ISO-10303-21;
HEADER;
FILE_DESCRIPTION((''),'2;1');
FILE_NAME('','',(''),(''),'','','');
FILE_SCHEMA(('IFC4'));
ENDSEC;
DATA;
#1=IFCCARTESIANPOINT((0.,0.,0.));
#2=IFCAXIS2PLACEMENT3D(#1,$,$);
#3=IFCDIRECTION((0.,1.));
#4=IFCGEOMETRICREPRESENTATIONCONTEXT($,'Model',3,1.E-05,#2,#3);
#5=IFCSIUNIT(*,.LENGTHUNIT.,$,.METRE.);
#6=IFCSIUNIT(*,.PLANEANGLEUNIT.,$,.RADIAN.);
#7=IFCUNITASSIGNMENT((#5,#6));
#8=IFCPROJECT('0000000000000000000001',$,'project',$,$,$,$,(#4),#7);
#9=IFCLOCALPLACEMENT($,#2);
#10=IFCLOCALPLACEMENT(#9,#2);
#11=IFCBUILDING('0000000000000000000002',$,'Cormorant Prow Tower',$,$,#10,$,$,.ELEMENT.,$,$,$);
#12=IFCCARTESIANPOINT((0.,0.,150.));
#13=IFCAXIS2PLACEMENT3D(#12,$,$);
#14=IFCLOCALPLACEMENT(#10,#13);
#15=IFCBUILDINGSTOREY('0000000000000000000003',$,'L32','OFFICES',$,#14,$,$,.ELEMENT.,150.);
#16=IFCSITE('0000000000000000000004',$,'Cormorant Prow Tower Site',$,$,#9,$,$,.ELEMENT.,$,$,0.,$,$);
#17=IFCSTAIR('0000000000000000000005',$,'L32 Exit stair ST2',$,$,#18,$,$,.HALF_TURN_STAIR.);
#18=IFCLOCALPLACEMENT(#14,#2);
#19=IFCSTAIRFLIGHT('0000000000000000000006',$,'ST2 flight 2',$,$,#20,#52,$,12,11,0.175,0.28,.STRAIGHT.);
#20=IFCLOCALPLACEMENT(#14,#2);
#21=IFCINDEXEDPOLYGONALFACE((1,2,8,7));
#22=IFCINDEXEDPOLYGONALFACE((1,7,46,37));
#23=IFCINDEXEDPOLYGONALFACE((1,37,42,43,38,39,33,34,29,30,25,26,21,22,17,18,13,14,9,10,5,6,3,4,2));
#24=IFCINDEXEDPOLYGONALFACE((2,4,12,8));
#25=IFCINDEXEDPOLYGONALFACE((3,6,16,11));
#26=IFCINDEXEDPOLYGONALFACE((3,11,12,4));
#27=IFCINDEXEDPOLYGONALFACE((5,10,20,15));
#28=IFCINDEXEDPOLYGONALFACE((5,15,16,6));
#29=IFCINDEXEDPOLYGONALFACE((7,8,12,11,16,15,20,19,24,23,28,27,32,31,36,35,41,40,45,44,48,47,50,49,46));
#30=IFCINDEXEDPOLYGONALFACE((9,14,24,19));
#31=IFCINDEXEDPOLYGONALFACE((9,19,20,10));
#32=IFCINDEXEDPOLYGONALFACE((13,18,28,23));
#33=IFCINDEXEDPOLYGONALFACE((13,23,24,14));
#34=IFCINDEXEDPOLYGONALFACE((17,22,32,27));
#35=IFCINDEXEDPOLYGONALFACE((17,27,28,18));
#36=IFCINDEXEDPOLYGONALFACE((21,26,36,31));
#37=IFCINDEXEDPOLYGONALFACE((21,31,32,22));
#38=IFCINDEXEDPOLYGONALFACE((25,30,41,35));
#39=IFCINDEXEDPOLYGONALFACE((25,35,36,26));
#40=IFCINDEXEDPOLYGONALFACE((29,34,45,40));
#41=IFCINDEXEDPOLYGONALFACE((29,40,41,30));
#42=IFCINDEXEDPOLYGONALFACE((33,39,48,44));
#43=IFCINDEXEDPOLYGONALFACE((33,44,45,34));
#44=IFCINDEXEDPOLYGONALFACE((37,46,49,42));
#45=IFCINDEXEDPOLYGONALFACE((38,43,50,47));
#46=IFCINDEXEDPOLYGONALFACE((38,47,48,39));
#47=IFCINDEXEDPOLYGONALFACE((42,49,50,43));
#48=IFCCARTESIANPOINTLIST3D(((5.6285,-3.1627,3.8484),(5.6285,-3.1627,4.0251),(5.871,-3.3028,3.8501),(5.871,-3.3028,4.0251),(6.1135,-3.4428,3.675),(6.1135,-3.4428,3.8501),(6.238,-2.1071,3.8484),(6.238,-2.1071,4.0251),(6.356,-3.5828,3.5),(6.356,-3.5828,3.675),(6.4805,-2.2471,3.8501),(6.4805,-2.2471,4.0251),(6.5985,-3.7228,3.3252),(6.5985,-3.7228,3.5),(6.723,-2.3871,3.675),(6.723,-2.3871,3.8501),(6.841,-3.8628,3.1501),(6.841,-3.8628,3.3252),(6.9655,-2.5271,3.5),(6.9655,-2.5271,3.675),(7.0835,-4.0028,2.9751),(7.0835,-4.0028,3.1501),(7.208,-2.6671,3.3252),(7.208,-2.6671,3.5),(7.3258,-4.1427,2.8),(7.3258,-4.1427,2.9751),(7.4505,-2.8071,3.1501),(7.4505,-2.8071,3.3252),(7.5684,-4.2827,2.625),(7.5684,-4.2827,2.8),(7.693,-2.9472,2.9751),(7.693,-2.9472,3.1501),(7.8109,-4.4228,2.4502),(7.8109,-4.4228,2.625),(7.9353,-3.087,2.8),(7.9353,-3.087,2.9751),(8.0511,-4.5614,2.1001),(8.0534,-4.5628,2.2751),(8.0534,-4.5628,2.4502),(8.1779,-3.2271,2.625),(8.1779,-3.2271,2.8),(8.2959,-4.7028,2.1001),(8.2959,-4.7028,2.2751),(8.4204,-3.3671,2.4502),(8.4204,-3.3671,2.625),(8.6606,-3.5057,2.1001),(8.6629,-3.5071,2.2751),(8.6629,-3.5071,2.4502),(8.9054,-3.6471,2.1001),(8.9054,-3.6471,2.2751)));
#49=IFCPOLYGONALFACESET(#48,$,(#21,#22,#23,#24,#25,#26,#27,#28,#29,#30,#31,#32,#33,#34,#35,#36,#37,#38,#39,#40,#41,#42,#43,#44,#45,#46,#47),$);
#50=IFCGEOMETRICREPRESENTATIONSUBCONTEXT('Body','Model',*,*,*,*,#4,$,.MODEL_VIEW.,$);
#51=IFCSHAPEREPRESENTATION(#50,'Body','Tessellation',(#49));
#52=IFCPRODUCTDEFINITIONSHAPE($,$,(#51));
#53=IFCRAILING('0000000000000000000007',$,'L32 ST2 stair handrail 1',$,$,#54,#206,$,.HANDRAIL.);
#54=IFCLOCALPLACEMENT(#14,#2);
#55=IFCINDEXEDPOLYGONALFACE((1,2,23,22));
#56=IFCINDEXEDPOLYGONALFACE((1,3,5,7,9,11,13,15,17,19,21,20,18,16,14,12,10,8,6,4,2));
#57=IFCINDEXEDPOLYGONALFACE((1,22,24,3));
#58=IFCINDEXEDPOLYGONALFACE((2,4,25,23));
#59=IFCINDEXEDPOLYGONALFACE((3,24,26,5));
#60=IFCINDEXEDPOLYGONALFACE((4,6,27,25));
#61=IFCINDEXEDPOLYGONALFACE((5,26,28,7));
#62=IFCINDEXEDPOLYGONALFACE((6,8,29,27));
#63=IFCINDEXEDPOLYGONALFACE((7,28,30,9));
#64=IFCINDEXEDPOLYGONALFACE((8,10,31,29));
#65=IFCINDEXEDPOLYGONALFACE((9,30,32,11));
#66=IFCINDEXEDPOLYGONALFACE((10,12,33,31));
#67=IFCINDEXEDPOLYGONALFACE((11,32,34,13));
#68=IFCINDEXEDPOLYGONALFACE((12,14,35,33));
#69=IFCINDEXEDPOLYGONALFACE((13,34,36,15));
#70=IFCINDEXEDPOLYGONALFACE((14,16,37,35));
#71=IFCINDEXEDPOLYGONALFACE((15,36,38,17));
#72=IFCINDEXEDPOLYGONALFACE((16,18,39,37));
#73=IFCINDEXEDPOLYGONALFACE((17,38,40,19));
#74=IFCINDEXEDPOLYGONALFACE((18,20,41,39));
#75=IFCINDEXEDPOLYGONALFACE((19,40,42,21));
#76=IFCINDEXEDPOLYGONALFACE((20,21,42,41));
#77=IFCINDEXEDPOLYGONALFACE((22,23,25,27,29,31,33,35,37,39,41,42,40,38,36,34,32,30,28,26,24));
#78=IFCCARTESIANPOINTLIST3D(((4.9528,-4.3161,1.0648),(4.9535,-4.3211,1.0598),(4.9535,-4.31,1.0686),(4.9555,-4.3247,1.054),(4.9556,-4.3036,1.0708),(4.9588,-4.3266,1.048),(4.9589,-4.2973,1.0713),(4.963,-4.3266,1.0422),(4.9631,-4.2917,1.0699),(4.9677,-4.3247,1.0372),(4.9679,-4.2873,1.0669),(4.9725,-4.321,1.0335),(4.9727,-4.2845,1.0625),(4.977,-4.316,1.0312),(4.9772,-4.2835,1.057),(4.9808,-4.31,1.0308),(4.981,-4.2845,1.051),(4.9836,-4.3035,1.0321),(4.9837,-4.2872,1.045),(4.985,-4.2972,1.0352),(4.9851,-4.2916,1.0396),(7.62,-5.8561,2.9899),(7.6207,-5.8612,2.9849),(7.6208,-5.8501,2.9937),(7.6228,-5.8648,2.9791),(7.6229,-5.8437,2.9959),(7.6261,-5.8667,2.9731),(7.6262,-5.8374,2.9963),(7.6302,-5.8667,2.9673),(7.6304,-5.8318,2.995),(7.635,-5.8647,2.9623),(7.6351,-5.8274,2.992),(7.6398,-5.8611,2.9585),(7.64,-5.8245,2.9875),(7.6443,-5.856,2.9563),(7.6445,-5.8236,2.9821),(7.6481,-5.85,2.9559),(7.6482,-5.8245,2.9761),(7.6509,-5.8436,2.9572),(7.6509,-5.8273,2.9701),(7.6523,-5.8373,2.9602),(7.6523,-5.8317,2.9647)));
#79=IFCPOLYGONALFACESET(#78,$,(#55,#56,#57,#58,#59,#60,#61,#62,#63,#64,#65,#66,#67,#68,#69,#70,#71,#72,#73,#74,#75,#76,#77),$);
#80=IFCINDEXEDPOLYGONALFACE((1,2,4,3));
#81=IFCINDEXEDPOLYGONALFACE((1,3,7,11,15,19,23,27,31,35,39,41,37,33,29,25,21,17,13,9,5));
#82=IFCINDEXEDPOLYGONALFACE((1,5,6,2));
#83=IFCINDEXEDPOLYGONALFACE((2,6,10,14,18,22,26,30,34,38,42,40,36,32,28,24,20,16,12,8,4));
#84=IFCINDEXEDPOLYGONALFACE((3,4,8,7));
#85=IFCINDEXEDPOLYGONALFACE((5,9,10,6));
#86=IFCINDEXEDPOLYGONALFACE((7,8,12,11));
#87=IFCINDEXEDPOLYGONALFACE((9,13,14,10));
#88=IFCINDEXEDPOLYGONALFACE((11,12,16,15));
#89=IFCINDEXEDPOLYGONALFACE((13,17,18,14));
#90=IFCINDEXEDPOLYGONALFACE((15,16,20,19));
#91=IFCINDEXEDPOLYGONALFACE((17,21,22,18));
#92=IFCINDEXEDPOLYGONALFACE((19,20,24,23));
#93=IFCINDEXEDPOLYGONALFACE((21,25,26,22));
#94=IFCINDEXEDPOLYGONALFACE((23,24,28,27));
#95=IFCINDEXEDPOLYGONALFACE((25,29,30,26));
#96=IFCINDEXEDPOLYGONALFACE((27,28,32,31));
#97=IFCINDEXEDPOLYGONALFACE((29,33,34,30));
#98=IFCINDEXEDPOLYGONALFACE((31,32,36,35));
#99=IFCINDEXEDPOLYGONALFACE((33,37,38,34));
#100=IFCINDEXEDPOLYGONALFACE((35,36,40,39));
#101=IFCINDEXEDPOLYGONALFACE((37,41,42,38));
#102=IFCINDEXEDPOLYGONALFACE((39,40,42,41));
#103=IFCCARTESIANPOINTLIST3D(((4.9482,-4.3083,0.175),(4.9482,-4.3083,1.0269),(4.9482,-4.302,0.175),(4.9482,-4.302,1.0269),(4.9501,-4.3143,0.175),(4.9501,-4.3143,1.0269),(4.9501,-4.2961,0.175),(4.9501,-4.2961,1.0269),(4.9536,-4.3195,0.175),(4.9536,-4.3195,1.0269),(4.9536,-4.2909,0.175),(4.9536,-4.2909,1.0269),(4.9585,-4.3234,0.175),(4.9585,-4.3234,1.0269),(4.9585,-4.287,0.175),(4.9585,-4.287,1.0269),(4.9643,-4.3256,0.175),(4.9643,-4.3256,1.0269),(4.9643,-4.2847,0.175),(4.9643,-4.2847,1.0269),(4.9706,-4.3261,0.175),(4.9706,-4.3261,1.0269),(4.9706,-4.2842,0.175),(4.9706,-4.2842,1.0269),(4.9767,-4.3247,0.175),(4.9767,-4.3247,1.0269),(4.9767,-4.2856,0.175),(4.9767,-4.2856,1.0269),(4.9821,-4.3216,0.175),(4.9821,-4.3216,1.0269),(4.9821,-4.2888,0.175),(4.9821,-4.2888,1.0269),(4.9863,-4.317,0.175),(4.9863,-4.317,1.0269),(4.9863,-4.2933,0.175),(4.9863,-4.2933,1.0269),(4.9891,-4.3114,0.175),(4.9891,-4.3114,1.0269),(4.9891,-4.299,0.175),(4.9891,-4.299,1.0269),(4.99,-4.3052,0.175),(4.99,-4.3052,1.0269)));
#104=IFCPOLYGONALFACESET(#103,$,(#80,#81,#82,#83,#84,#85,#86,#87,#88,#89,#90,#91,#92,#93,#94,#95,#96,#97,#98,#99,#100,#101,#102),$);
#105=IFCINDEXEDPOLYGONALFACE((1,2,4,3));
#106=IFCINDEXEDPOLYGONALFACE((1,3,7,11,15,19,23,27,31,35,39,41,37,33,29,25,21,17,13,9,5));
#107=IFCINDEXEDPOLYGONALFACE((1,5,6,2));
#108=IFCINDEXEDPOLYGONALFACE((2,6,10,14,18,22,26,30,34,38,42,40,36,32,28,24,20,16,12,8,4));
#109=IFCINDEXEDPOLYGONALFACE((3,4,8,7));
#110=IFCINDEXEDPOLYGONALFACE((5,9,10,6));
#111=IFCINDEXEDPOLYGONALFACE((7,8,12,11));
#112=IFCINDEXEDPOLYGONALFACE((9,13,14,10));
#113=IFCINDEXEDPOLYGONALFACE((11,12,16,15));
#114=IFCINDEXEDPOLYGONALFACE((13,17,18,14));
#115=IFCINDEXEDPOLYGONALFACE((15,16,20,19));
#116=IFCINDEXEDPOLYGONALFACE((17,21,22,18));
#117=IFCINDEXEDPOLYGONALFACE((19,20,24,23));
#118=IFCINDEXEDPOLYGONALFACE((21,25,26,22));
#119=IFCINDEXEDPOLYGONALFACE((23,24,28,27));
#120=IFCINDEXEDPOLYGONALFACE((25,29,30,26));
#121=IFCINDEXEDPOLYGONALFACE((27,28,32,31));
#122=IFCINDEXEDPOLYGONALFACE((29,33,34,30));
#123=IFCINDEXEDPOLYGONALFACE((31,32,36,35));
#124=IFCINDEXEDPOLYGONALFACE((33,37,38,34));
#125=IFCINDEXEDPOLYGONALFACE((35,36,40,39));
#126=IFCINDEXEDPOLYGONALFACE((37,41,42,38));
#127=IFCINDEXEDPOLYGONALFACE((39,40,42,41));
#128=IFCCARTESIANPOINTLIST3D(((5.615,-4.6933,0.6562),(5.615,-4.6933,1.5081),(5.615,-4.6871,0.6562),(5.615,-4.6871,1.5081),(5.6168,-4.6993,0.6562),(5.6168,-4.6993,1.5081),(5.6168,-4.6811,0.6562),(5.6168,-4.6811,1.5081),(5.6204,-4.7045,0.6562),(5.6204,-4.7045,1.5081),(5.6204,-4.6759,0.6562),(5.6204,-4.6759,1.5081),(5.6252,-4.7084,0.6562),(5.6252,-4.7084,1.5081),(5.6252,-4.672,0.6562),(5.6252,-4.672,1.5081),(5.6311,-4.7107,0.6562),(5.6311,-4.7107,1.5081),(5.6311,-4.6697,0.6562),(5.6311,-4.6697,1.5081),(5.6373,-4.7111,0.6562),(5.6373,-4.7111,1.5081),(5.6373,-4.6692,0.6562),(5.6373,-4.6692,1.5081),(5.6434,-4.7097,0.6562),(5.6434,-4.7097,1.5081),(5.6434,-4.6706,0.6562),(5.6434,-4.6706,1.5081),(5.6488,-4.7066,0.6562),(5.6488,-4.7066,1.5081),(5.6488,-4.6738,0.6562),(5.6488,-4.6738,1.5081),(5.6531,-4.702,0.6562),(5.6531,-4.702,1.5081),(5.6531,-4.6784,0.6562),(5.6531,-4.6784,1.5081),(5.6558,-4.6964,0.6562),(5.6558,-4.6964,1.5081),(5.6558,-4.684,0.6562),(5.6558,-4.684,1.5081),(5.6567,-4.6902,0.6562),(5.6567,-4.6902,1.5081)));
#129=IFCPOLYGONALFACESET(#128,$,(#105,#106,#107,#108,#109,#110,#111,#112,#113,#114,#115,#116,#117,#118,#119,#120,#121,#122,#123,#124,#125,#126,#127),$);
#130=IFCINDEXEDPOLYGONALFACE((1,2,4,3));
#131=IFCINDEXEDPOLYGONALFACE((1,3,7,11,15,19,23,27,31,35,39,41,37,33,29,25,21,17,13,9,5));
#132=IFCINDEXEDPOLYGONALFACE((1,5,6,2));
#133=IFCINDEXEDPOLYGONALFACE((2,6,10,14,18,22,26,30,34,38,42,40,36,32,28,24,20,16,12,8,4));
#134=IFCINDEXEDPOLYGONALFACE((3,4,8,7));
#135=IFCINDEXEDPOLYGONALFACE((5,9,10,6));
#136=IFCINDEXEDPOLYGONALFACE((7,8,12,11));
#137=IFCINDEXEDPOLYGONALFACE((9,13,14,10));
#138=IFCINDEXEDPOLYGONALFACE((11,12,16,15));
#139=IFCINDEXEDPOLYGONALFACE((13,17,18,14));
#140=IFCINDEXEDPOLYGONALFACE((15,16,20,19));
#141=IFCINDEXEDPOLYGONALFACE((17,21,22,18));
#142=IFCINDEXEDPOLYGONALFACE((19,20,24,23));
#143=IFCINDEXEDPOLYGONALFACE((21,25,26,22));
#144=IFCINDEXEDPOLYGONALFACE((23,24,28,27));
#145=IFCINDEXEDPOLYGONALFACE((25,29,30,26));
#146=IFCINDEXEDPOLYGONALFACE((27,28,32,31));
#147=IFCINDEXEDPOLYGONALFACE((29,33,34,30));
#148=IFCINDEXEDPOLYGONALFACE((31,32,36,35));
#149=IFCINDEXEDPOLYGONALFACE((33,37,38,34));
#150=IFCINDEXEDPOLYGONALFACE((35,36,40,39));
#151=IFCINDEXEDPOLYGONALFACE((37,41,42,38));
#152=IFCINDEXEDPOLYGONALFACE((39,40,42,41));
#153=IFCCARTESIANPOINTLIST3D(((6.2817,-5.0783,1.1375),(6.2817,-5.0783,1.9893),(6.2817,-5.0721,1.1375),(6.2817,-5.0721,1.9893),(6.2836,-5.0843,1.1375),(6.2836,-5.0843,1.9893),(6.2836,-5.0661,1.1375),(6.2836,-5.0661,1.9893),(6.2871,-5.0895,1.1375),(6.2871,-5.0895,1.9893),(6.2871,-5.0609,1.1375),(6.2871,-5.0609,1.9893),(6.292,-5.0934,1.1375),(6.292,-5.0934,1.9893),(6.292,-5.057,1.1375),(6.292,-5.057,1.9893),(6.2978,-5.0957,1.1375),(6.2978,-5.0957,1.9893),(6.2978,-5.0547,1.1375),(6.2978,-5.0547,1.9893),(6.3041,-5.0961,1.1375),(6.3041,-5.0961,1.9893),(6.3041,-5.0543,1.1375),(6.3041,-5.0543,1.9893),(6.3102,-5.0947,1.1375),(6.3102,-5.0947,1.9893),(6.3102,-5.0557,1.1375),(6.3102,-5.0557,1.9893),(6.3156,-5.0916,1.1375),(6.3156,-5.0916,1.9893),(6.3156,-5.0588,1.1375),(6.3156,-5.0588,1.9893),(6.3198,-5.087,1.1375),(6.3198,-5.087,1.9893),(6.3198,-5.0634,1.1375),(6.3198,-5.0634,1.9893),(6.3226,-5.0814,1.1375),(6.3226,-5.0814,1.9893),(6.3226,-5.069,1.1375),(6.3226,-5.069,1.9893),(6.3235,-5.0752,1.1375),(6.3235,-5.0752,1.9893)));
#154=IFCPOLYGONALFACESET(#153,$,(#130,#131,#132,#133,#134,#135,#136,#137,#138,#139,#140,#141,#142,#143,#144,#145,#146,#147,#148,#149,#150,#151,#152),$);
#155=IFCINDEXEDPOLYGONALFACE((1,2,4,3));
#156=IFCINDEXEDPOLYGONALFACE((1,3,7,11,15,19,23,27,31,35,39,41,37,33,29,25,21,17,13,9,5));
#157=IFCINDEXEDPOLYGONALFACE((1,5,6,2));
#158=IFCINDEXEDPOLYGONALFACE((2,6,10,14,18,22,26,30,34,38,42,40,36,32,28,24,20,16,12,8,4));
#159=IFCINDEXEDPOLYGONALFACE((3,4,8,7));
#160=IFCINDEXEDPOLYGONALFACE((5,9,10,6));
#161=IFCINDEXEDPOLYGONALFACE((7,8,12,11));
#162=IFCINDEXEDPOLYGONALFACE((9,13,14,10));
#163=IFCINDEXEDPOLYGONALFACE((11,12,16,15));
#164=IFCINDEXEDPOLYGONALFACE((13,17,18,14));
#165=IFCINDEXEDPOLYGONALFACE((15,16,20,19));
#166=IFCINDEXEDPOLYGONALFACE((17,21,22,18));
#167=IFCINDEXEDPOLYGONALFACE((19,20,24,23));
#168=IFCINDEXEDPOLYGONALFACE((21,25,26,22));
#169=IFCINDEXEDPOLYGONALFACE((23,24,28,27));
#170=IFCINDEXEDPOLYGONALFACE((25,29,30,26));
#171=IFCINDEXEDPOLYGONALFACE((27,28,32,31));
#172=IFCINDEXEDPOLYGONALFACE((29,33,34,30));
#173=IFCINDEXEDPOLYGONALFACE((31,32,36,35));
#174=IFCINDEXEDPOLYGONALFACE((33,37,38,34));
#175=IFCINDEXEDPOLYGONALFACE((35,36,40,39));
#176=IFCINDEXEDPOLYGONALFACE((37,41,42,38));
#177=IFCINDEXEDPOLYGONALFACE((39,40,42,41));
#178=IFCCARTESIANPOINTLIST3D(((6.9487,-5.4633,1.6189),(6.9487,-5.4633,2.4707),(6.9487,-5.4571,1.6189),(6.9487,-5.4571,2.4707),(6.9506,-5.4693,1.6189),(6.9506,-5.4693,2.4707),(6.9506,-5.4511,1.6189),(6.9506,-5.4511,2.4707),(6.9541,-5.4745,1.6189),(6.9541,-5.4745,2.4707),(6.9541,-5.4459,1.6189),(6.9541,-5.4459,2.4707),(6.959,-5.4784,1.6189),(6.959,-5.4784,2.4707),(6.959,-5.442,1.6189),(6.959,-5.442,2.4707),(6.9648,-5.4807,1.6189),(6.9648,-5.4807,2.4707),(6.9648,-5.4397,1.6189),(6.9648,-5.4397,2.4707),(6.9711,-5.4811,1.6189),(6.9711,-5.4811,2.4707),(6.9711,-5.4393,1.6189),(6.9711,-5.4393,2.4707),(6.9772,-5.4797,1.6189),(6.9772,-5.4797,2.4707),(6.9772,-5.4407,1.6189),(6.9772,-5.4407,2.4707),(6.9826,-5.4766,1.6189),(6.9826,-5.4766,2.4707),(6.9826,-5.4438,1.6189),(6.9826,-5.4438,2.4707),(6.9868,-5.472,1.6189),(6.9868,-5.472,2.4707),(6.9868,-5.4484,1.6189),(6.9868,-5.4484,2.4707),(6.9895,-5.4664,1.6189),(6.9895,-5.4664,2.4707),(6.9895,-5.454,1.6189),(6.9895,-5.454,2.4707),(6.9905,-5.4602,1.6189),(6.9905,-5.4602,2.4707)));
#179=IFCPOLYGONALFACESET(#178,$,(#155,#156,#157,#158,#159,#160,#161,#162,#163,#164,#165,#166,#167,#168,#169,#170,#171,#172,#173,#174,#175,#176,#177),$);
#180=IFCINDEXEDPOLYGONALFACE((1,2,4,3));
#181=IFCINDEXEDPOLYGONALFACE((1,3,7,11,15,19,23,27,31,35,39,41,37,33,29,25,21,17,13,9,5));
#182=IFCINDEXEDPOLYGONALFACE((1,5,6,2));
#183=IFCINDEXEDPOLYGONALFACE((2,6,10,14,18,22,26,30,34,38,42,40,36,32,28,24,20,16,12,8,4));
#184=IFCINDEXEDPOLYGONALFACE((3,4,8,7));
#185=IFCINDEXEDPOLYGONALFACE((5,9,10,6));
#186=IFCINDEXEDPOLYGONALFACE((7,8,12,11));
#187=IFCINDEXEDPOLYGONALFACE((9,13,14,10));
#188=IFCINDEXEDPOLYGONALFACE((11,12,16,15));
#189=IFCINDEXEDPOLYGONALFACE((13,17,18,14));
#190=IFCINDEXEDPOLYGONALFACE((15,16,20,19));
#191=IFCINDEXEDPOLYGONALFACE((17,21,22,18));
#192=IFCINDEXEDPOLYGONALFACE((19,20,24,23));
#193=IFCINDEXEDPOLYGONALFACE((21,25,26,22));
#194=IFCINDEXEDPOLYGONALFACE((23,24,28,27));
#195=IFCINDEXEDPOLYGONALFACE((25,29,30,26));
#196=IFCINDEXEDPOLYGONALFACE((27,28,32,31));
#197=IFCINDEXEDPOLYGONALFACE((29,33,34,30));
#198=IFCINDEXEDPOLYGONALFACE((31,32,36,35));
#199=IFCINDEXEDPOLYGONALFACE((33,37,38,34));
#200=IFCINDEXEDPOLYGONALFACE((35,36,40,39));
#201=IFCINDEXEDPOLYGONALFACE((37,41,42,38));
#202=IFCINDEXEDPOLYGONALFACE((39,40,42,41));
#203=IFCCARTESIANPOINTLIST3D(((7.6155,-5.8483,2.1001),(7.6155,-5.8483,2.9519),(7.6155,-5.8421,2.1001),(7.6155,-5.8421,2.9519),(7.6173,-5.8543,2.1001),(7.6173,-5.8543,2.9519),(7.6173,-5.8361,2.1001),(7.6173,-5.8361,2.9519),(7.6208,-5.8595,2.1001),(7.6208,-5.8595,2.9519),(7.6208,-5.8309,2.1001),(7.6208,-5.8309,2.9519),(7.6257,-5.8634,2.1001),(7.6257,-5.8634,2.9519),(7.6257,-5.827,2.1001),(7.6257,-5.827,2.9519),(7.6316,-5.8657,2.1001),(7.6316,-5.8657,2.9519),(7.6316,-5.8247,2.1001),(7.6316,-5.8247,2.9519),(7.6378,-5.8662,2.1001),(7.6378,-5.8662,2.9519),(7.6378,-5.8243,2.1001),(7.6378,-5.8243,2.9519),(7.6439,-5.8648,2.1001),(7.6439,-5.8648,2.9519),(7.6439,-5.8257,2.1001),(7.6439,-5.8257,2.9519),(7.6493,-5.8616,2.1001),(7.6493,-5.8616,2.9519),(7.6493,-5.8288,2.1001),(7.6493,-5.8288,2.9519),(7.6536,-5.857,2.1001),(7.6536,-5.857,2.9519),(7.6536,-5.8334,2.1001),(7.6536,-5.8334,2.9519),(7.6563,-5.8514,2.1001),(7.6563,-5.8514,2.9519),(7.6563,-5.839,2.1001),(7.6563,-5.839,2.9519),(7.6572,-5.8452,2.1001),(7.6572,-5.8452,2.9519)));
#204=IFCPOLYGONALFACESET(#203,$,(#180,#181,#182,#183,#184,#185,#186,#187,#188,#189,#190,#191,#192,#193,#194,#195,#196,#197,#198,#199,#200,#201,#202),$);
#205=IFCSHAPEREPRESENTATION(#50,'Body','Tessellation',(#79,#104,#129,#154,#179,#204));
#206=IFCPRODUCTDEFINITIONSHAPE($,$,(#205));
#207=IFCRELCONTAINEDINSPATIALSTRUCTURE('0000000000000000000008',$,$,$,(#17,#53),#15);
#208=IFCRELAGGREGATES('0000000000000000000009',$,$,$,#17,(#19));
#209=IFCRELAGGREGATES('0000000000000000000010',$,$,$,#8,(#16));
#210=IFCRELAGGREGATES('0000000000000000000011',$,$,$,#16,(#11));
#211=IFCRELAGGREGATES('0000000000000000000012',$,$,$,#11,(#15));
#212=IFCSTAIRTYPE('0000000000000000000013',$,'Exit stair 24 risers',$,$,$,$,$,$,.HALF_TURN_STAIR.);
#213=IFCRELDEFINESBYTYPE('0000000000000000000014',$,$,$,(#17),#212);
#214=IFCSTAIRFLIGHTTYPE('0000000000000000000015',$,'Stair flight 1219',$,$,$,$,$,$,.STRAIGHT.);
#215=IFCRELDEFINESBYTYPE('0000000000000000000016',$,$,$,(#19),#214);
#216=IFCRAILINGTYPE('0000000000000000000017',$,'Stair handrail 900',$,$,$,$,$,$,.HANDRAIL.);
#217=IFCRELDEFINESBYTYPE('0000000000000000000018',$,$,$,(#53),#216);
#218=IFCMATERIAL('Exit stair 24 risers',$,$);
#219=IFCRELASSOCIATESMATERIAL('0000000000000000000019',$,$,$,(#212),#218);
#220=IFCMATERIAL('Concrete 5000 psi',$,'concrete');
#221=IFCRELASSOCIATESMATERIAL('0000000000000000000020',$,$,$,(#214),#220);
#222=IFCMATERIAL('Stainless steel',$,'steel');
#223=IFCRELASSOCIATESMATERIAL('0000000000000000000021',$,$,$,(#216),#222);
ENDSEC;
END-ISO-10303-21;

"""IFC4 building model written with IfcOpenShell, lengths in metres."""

from ifc_helpers import new_model, si_unit, direction, frame, origin, origin_2d, place, context, subcontext, project, spatial, polyline, circle, outline, extrude, material, type_object, element, aggregate, save


model = new_model("IFC4")

# Units and contexts
model_context = context("Model", 3, precision=1e-05, world=origin(), true_north=direction((0.0, 1.0)))
body_context = subcontext(model_context, "Body", "Model", "MODEL_VIEW")
ifc_project = project(units=[si_unit("LENGTHUNIT", "METRE"), si_unit("PLANEANGLEUNIT", "RADIAN")], contexts=[model_context])

# Site, building, storey
site_placement = place(None, origin())
site = spatial("IfcSite", under=ifc_project, at=site_placement, Name="Cormorant Prow Tower Site", CompositionType="ELEMENT", RefElevation=0.0)
building_placement = place(site_placement, origin())
building = spatial("IfcBuilding", under=site, at=building_placement, Name="Cormorant Prow Tower", CompositionType="ELEMENT")
storey_placement = place(building_placement, frame((0.0, 0.0, 150.0)))
storey = spatial("IfcBuildingStorey", under=building, at=storey_placement, Name="L32", Description="OFFICES", CompositionType="ELEMENT", Elevation=150.0)

# Stair, stair flight
ifc_material_1 = material(Name="Exit stair 24 risers")
stair_type = type_object("IfcStairType", Name="Exit stair 24 risers", PredefinedType="HALF_TURN_STAIR", material=ifc_material_1)
stair_placement = place(storey_placement, origin())
stair = element("IfcStair", 1, at=stair_placement, inside=storey, type_object=stair_type, Name="L32 Exit stair ST2", PredefinedType="HALF_TURN_STAIR")
ifc_material_2 = material(Name="Concrete 5000 psi", Category="concrete")
stair_flight_type = type_object("IfcStairFlightType", Name="Stair flight 1219", PredefinedType="STRAIGHT", material=ifc_material_2)
stair_flight_1_placement = place(storey_placement, frame((8.6006, -4.175, 2.1001), z_axis=(0.0, 0.0, 1.0), x_axis=(-0.866025, 0.5, 0.0)))
stair_flight_1 = element("IfcStairFlight", 2, at=stair_flight_1_placement, type_object=stair_flight_type, Name="ST2 flight 2", NumberOfRisers=12, NumberOfTreads=11, PredefinedType="STRAIGHT", RiserHeight=0.175, TreadLength=0.28, context=body_context, shape_type="SweptSolid", body=[
    extrude(outline(polyline([(0.0, 0.0), (0.0, 0.175), (0.28, 0.175), (0.28, 0.3501), (0.5601, 0.3501), (0.5601, 0.5249), (0.8401, 0.5249), (0.8401, 0.7), (1.1201, 0.7), (1.1201, 0.875), (1.3999, 0.875), (1.3999, 1.05), (1.6799, 1.05), (1.6799, 1.2251), (1.96, 1.2251), (1.96, 1.3999), (2.24, 1.3999), (2.24, 1.575), (2.52, 1.575), (2.52, 1.75), (2.8, 1.75), (2.8, 1.925), (3.0801, 1.925), (3.0801, 2.1001), (3.0801, 1.7483), (0.2827, 0.0), (0.0, 0.0)])), frame((0.0, 0.6094, 0.0), z_axis=(0.0, -1.0, 0.0), x_axis=(1.0, 0.0, 0.0)), (0.0, 0.0, 1.0), 1.219),
])
aggregate(stair, [stair_flight_1])

# Railing
ifc_material_3 = material(Name="Stainless steel", Category="steel")
railing_type_1 = type_object("IfcRailingType", Name="Stair handrail 900", PredefinedType="HANDRAIL", material=ifc_material_3)
railing_1_placement = place(storey_placement, frame((4.969, -4.3052, 0.175)))
element("IfcRailing", 3, at=railing_1_placement, inside=storey, type_object=railing_type_1, Name="L32 ST2 stair handrail 1", PredefinedType="HANDRAIL", context=body_context, shape_type="SweptSolid", body=[
    extrude(circle(Radius=0.0239, at=origin_2d()), frame((0.0, 0.0, 0.876), z_axis=(0.734364, -0.424015, 0.530019), x_axis=(0.500027, 0.86601, 0.0)), (0.0, 0.0, 1.0), 3.6321),
    extrude(circle(Radius=0.021, at=origin_2d()), origin(), (0.0, 0.0, 1.0), 0.8518),
    extrude(circle(Radius=0.021, at=origin_2d()), frame((0.6667, -0.385, 0.4812)), (0.0, 0.0, 1.0), 0.8518),
    extrude(circle(Radius=0.021, at=origin_2d()), frame((1.3335, -0.77, 0.9624)), (0.0, 0.0, 1.0), 0.8518),
    extrude(circle(Radius=0.021, at=origin_2d()), frame((2.0005, -1.155, 1.4438)), (0.0, 0.0, 1.0), 0.8518),
    extrude(circle(Radius=0.021, at=origin_2d()), frame((2.6672, -1.54, 1.925)), (0.0, 0.0, 1.0), 0.8518),
])

save(model, "model.ifc")
